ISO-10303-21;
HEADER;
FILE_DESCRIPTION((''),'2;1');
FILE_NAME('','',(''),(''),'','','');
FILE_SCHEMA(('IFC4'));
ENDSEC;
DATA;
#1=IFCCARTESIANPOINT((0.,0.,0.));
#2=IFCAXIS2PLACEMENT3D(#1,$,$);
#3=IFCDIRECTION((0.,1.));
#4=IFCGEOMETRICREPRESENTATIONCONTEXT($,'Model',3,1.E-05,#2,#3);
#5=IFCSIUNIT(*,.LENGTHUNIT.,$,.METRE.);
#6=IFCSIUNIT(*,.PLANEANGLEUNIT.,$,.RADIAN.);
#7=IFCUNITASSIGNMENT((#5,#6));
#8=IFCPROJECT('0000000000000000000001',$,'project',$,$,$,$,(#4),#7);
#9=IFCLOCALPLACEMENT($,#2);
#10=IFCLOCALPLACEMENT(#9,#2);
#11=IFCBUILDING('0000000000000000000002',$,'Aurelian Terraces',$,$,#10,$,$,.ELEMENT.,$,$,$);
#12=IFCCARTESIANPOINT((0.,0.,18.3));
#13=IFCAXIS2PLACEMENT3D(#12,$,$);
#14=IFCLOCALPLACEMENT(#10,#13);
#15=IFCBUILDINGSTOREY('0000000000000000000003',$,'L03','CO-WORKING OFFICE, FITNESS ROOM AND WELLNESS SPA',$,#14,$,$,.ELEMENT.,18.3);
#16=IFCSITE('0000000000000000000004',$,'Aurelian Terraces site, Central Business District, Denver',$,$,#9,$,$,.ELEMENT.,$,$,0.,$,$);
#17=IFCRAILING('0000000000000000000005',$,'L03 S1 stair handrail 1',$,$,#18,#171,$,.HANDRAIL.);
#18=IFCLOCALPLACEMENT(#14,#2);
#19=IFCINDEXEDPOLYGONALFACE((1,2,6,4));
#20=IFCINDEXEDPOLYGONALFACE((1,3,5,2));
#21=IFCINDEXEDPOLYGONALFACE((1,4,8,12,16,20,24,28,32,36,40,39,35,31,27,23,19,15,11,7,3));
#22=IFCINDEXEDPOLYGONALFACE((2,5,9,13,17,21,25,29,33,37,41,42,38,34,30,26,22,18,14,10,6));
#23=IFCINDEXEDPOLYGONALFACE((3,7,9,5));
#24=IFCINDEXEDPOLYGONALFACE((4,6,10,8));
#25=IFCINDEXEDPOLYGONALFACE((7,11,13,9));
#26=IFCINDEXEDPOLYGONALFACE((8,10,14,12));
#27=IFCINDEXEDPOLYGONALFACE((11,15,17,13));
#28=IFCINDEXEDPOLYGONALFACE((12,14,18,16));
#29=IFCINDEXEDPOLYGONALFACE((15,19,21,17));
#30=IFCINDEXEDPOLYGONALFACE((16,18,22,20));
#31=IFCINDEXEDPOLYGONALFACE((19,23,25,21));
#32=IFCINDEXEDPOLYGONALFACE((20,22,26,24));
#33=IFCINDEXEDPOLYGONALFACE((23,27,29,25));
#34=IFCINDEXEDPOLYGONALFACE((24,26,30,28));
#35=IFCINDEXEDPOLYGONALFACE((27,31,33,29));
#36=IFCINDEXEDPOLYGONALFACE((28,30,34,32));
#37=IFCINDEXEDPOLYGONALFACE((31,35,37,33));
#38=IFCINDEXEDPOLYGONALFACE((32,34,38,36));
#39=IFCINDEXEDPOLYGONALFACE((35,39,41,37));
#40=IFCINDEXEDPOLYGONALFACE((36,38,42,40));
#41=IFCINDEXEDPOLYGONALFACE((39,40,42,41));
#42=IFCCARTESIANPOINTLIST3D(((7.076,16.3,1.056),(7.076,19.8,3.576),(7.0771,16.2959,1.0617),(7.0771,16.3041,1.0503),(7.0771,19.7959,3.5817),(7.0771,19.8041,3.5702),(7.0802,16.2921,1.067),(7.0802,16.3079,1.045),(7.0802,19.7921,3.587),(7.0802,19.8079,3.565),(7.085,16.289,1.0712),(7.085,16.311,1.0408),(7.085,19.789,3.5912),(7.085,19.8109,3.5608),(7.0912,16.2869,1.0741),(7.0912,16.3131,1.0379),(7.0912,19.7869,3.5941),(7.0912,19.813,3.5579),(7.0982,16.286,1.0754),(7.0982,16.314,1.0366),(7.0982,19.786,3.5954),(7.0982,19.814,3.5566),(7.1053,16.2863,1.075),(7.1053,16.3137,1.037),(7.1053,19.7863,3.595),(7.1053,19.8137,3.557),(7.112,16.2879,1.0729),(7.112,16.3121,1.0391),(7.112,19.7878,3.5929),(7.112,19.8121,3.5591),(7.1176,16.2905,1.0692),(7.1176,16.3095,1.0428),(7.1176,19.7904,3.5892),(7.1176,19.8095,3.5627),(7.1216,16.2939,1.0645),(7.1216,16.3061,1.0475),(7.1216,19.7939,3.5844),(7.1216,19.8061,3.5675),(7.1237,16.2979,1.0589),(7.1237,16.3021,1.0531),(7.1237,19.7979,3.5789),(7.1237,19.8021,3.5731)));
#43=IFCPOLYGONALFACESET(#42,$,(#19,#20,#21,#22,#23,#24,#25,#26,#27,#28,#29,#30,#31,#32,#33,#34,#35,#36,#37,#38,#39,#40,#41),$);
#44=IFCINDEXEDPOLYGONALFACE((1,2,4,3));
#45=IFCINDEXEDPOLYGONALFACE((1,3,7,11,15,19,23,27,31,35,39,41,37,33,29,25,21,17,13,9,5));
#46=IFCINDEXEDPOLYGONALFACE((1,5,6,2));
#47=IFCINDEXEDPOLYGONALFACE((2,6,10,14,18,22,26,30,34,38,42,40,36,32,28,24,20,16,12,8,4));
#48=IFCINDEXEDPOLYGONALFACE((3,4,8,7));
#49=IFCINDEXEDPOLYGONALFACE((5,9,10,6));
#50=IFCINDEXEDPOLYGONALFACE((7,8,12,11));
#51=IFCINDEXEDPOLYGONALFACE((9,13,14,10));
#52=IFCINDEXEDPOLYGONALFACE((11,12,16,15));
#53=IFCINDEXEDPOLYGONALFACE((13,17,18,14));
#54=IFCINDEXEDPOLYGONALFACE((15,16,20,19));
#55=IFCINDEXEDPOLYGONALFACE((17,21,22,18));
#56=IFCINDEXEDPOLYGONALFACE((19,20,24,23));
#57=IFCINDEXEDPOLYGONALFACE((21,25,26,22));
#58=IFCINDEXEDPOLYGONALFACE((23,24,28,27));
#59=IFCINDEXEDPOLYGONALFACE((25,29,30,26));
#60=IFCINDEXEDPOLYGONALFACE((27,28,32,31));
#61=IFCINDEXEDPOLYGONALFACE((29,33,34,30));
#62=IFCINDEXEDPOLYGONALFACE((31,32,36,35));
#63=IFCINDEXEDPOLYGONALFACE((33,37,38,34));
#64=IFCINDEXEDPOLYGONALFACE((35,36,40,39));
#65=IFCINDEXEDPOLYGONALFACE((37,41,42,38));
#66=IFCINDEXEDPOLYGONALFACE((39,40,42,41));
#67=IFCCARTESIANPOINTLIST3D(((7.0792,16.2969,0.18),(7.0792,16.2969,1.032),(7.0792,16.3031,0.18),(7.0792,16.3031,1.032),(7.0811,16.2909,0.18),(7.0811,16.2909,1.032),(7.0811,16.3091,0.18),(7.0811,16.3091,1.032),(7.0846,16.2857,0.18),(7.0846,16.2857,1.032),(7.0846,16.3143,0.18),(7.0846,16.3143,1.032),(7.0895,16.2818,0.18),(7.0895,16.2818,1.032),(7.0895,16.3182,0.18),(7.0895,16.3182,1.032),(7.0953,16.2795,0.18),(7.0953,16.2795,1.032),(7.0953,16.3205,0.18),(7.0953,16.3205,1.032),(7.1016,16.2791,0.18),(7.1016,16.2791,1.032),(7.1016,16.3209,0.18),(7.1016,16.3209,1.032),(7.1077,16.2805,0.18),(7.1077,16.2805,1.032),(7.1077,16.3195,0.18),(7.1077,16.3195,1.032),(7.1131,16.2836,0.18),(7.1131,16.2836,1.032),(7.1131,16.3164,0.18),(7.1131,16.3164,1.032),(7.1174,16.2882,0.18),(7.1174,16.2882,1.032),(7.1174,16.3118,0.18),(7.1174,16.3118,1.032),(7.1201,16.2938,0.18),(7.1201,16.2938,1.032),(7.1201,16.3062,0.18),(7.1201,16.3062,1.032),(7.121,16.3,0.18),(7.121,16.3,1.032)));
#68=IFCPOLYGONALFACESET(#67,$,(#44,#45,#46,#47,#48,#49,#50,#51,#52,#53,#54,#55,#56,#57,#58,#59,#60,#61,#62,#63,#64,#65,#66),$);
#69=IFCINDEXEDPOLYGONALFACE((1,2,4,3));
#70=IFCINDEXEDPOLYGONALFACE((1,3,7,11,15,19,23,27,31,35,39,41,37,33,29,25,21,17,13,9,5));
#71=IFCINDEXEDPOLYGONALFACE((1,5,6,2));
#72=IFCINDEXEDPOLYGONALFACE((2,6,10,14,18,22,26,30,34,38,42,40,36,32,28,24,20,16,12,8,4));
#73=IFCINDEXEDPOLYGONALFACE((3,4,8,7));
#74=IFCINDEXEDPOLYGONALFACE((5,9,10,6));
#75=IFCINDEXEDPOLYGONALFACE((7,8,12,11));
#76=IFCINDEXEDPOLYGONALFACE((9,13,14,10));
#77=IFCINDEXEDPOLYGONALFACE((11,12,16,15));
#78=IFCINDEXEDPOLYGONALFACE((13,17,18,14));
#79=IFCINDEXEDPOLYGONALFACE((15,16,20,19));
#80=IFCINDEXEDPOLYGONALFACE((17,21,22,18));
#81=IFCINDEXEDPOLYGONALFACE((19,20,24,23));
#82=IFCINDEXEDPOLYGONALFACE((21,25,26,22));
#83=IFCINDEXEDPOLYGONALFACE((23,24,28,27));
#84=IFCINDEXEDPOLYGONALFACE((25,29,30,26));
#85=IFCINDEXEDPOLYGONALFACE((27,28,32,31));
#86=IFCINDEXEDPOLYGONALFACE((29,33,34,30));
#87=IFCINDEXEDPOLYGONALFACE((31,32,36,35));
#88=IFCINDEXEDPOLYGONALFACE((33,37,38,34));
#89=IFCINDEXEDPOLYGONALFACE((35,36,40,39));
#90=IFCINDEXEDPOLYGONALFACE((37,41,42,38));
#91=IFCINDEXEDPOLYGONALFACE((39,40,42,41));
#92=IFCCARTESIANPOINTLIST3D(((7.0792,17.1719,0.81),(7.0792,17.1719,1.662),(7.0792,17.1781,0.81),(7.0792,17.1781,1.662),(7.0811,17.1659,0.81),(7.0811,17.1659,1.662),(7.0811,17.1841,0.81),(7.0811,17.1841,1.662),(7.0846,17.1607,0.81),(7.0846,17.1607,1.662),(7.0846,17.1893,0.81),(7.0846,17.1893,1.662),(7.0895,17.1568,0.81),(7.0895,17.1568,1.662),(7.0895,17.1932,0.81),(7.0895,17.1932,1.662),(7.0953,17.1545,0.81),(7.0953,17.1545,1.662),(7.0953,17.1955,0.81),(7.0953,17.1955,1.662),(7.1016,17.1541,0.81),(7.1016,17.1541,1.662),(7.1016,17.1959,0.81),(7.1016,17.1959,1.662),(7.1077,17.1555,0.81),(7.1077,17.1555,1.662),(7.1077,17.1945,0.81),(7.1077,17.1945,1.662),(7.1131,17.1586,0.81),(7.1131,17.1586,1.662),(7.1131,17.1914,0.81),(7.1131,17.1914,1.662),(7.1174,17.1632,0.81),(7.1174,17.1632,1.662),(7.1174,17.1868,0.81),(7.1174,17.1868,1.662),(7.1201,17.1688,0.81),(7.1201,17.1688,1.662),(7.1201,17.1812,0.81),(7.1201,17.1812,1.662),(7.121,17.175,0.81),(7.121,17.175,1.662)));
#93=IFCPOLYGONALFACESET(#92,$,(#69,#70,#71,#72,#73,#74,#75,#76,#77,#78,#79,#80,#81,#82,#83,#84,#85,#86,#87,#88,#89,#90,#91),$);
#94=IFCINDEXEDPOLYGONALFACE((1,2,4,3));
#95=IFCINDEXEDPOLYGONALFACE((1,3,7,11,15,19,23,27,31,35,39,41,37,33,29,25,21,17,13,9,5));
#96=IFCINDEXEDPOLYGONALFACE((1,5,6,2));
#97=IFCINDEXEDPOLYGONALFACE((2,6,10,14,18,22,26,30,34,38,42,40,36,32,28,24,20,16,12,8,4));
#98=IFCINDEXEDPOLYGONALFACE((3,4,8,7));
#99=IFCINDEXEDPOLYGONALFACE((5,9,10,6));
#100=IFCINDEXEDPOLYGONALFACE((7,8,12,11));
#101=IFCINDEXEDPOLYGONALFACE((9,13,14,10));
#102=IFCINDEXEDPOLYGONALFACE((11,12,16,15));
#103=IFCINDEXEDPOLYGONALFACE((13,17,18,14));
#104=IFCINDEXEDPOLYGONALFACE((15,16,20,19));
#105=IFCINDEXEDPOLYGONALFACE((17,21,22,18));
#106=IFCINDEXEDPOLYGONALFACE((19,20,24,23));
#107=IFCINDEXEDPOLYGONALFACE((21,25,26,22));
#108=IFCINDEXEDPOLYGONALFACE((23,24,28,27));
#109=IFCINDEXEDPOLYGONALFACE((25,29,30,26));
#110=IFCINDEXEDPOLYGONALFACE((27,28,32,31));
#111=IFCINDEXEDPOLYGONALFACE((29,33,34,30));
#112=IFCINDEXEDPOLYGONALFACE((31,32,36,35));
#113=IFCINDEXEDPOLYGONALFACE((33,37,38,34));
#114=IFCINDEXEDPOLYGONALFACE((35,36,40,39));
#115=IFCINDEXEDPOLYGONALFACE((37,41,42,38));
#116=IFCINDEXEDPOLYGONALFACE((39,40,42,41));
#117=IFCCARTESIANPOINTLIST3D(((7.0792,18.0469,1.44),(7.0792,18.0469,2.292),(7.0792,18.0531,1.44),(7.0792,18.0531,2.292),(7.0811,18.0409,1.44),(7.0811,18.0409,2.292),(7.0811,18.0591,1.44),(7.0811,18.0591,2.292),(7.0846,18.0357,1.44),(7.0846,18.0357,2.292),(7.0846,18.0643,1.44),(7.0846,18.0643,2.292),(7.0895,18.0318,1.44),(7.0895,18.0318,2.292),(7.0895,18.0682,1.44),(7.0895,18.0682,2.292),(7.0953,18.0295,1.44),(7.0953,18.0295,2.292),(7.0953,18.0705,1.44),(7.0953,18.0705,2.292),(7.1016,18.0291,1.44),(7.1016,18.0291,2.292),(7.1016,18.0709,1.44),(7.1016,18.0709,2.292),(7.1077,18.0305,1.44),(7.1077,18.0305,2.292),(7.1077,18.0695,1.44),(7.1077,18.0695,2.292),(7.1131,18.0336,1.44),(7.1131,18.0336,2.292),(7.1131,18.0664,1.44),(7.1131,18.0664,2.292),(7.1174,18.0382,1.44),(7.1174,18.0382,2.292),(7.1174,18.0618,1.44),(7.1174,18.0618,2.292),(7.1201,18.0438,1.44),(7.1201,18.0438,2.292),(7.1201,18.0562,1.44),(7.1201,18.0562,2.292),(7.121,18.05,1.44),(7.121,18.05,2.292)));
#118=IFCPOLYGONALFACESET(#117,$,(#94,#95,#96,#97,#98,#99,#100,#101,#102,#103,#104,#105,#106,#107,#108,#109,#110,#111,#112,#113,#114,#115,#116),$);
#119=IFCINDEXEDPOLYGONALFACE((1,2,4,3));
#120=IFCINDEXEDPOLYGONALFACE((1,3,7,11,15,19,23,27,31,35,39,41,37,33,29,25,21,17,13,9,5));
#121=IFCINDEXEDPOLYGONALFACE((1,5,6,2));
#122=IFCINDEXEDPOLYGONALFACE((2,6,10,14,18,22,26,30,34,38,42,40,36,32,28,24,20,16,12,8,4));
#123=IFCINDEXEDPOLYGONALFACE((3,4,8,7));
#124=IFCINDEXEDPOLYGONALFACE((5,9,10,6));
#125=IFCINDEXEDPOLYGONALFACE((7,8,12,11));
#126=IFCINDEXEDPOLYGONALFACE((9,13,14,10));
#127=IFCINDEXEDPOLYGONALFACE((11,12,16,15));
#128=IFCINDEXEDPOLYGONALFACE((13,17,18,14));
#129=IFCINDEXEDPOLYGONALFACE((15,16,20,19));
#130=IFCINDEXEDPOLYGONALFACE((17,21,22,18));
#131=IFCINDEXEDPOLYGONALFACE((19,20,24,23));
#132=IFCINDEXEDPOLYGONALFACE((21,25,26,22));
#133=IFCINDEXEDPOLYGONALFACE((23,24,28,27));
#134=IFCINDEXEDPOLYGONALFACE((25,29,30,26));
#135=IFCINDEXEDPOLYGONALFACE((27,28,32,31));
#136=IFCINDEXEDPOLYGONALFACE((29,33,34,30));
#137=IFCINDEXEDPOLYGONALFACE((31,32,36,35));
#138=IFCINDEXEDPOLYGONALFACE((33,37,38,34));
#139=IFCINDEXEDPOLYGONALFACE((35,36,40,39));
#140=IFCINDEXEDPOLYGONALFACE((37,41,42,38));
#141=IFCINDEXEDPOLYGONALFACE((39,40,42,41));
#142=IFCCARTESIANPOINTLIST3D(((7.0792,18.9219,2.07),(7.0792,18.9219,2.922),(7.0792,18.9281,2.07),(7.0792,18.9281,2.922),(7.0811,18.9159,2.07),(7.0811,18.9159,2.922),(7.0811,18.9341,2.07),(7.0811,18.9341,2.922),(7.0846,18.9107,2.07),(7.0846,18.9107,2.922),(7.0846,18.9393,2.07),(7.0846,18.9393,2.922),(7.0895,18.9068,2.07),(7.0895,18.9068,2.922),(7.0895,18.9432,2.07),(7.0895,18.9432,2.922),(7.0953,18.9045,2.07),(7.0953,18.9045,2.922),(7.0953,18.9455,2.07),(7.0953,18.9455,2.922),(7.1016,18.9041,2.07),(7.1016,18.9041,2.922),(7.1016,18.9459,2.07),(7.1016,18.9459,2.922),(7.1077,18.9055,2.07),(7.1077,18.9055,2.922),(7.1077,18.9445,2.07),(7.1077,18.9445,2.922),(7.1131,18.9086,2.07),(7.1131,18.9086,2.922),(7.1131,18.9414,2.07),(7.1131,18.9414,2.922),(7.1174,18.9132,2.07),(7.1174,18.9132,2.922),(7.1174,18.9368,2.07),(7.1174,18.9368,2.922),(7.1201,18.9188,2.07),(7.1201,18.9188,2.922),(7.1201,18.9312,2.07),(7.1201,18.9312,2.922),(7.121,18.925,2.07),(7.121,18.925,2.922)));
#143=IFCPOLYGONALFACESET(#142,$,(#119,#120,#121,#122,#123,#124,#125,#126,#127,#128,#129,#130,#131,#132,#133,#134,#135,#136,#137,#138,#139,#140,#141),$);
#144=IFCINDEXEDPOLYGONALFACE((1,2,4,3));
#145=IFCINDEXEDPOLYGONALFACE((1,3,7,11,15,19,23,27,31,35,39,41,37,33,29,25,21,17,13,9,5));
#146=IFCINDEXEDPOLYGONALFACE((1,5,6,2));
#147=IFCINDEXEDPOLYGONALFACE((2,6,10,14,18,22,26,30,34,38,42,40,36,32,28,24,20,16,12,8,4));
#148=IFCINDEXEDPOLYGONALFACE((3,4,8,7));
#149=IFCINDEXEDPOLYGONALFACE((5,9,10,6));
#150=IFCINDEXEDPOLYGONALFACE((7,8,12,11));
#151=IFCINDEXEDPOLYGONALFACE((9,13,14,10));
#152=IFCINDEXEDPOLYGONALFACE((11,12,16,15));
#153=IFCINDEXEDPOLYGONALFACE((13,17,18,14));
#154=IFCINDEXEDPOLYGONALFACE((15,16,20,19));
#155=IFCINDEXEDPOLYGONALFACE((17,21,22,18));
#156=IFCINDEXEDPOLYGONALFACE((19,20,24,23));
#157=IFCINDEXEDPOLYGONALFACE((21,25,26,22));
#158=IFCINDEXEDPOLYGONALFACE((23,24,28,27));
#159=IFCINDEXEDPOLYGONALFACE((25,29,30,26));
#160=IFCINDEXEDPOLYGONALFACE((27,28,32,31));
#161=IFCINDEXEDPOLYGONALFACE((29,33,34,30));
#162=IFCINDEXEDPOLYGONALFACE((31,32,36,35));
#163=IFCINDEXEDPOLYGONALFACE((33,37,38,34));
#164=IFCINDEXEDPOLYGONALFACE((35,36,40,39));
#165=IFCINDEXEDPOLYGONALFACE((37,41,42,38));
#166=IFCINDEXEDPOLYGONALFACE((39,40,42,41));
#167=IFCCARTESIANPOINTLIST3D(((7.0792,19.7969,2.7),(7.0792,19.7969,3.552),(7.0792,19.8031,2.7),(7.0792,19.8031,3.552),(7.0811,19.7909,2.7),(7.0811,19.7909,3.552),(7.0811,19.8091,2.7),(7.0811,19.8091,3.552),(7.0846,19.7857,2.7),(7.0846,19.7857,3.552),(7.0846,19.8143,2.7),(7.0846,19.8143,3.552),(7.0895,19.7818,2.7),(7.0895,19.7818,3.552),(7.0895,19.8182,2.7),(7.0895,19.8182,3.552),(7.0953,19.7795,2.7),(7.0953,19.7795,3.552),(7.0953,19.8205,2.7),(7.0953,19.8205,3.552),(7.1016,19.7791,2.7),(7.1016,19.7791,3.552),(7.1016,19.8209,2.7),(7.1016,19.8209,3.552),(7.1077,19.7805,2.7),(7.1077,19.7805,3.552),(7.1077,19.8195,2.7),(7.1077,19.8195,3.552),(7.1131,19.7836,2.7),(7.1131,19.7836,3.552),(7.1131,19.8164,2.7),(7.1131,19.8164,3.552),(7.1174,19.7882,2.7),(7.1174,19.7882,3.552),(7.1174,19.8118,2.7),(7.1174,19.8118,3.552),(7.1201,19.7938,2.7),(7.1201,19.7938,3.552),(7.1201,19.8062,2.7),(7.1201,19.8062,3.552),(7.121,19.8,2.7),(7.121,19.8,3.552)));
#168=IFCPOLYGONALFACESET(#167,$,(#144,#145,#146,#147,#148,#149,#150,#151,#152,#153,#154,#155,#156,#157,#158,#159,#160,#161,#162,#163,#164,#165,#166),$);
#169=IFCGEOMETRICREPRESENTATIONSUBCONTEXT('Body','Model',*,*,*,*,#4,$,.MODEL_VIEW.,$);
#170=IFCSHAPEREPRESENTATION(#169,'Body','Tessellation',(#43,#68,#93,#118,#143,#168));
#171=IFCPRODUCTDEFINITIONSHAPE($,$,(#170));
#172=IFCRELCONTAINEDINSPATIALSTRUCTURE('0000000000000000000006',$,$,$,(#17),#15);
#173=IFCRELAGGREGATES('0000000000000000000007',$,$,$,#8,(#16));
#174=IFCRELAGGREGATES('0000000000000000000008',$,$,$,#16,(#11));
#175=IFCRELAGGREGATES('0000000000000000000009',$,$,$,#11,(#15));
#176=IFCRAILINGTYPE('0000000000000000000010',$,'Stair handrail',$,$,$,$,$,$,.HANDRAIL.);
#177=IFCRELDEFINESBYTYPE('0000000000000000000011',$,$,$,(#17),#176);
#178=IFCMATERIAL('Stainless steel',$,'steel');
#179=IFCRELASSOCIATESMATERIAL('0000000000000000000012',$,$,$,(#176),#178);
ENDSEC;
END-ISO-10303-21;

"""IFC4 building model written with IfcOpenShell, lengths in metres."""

from ifc_helpers import new_model, si_unit, direction, frame, origin, origin_2d, place, context, subcontext, project, spatial, circle, extrude, source, transform, mapped, material, type_object, element, save


model = new_model("IFC4")

# Units and contexts
model_context = context("Model", 3, precision=1e-05, world=origin(), true_north=direction((0.0, 1.0)))
body_context = subcontext(model_context, "Body", "Model", "MODEL_VIEW")
ifc_project = project(units=[si_unit("LENGTHUNIT", "METRE"), si_unit("PLANEANGLEUNIT", "RADIAN")], contexts=[model_context])

# Site, building, storey
site_placement = place(None, origin())
site = spatial("IfcSite", under=ifc_project, at=site_placement, Name="Aurelian Terraces site, Central Business District, Denver", CompositionType="ELEMENT", RefElevation=0.0)
building_placement = place(site_placement, origin())
building = spatial("IfcBuilding", under=site, at=building_placement, Name="Aurelian Terraces", CompositionType="ELEMENT")
storey_placement = place(building_placement, frame((0.0, 0.0, 18.3)))
storey = spatial("IfcBuildingStorey", under=building, at=storey_placement, Name="L03", Description="CO-WORKING OFFICE, FITNESS ROOM AND WELLNESS SPA", CompositionType="ELEMENT", Elevation=18.3)

# Railing
ifc_material_1 = material(Name="Stainless steel", Category="steel")
railing_type_1 = type_object("IfcRailingType", Name="Stair handrail", PredefinedType="HANDRAIL", material=ifc_material_1)
shared_shape_1 = source(origin(), body_context, "Body", "SweptSolid", [
    extrude(circle(Radius=0.024, at=origin_2d()), frame((0.0, 0.0, 0.876), z_axis=(0.0, 0.811534, 0.584305), x_axis=(-1.0, 0.0, 0.0)), (0.0, 0.0, 1.0), 4.3128),
    extrude(circle(Radius=0.021, at=origin_2d()), origin(), (0.0, 0.0, 1.0), 0.852),
    extrude(circle(Radius=0.021, at=origin_2d()), frame((0.0, 0.875, 0.63)), (0.0, 0.0, 1.0), 0.852),
    extrude(circle(Radius=0.021, at=origin_2d()), frame((0.0, 1.75, 1.26)), (0.0, 0.0, 1.0), 0.852),
    extrude(circle(Radius=0.021, at=origin_2d()), frame((0.0, 2.625, 1.89)), (0.0, 0.0, 1.0), 0.852),
    extrude(circle(Radius=0.021, at=origin_2d()), frame((0.0, 3.5, 2.52)), (0.0, 0.0, 1.0), 0.852),
])
railing_1_placement = place(storey_placement, frame((7.1, 16.3, 0.18)))
element("IfcRailing", 1, at=railing_1_placement, inside=storey, type_object=railing_type_1, Name="L03 S1 stair handrail 1", PredefinedType="HANDRAIL", context=body_context, shape_type="MappedRepresentation", body=[
    mapped(shared_shape_1, transform((0.0, 0.0, 0.0), scale=1.0)),
])

save(model, "model.ifc")
